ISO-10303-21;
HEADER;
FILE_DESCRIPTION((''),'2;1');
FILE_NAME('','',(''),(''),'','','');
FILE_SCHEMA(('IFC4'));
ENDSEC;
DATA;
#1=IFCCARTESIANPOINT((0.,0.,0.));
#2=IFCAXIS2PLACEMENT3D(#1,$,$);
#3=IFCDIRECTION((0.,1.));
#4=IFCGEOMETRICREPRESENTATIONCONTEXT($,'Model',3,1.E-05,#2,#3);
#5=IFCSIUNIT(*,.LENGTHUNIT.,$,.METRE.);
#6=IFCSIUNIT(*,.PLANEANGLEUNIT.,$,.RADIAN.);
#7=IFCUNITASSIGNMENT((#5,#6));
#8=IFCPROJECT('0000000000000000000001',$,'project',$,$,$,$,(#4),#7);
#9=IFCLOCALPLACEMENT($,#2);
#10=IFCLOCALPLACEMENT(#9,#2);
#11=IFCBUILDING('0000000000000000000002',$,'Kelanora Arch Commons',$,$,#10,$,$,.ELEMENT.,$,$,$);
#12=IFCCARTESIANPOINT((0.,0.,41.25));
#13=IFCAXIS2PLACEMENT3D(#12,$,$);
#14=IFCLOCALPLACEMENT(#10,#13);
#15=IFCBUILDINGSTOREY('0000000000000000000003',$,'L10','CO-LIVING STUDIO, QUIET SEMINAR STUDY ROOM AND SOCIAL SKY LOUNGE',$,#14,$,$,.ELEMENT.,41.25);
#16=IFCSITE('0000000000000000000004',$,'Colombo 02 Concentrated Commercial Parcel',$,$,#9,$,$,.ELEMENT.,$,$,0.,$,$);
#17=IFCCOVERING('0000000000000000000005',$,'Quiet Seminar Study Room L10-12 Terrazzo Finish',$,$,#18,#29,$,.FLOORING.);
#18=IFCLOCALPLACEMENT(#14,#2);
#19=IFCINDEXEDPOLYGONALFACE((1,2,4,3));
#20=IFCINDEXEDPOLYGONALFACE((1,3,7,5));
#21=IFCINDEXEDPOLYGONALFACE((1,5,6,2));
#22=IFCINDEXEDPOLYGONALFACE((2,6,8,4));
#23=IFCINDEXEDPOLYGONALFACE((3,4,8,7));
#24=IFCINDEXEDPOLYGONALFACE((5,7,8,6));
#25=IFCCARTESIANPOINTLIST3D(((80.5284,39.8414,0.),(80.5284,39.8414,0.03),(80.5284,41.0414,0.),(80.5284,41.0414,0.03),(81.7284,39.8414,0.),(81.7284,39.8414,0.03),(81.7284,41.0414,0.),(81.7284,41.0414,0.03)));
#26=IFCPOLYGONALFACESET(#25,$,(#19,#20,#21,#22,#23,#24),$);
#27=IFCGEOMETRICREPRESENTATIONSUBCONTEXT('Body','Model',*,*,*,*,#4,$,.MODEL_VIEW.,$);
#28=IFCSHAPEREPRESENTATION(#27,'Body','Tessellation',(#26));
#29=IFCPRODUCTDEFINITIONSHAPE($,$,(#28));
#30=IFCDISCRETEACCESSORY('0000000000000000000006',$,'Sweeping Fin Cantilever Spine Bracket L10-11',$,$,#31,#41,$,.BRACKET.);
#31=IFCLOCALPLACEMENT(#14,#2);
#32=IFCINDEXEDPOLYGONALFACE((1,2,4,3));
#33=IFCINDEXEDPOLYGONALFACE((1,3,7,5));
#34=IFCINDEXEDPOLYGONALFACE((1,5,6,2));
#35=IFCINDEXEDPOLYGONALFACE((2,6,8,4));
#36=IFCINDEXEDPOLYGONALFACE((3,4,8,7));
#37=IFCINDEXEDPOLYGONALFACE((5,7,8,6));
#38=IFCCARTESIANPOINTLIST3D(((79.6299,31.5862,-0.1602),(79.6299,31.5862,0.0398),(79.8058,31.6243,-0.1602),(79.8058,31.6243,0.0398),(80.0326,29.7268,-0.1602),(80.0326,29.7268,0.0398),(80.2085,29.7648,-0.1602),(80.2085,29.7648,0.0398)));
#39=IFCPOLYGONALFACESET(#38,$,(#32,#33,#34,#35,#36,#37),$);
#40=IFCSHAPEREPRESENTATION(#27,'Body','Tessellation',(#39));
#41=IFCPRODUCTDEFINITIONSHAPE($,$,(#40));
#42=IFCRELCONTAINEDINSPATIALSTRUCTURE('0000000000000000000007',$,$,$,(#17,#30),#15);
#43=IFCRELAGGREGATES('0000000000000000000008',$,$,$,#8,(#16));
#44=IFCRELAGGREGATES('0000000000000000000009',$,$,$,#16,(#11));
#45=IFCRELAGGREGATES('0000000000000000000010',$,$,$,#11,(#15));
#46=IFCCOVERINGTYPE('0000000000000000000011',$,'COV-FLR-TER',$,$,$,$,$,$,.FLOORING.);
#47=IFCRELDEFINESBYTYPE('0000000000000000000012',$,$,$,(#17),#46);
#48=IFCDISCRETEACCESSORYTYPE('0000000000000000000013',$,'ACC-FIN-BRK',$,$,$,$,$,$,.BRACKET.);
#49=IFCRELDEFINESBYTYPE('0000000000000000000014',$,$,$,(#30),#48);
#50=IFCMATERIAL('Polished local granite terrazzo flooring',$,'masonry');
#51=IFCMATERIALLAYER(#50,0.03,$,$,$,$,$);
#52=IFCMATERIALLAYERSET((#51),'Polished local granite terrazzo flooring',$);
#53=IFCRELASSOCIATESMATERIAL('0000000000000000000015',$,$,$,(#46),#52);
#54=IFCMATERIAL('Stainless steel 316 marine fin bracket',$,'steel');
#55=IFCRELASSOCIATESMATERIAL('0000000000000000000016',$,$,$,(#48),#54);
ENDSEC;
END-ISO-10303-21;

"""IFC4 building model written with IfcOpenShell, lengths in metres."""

from ifc_helpers import new_model, si_unit, direction, frame, origin, origin_2d, place, context, subcontext, project, spatial, rectangle, extrude, source, transform, mapped, material, layer, layer_set, type_object, element, save


model = new_model("IFC4")

# Units and contexts
model_context = context("Model", 3, precision=1e-05, world=origin(), true_north=direction((0.0, 1.0)))
body_context = subcontext(model_context, "Body", "Model", "MODEL_VIEW")
ifc_project = project(units=[si_unit("LENGTHUNIT", "METRE"), si_unit("PLANEANGLEUNIT", "RADIAN")], contexts=[model_context])

# Site, building, storey
site_placement = place(None, origin())
site = spatial("IfcSite", under=ifc_project, at=site_placement, Name="Colombo 02 Concentrated Commercial Parcel", CompositionType="ELEMENT", RefElevation=0.0)
building_placement = place(site_placement, origin())
building = spatial("IfcBuilding", under=site, at=building_placement, Name="Kelanora Arch Commons", CompositionType="ELEMENT")
storey_placement = place(building_placement, frame((0.0, 0.0, 41.25)))
storey = spatial("IfcBuildingStorey", under=building, at=storey_placement, Name="L10", Description="CO-LIVING STUDIO, QUIET SEMINAR STUDY ROOM AND SOCIAL SKY LOUNGE", CompositionType="ELEMENT", Elevation=41.25)

# Covering
ifc_material_1 = material(Name="Polished local granite terrazzo flooring", Category="masonry")
ifc_layer_1 = layer(ifc_material_1, 0.03)
ifc_layer_set_1 = layer_set([ifc_layer_1], Name="Polished local granite terrazzo flooring")
covering_type = type_object("IfcCoveringType", Name="COV-FLR-TER", PredefinedType="FLOORING", material=ifc_layer_set_1)
shared_shape_1 = source(origin(), body_context, "Body", "SweptSolid", [
    extrude(rectangle(XDim=1.2, YDim=1.2, at=origin_2d()), origin(), (0.0, 0.0, 1.0), 0.03),
])
covering_placement = place(storey_placement, frame((81.1284, 40.4414, 0.0), z_axis=(0.0, 0.0, 1.0), x_axis=(1.0, 0.0, 0.0)))
element("IfcCovering", 1, at=covering_placement, inside=storey, type_object=covering_type, Name="Quiet Seminar Study Room L10-12 Terrazzo Finish", PredefinedType="FLOORING", context=body_context, shape_type="MappedRepresentation", body=[
    mapped(shared_shape_1, transform((0.0, 0.0, 0.0), scale=1.0)),
])

# Discrete accessory
ifc_material_2 = material(Name="Stainless steel 316 marine fin bracket", Category="steel")
discrete_accessory_type = type_object("IfcDiscreteAccessoryType", Name="ACC-FIN-BRK", PredefinedType="BRACKET", material=ifc_material_2)
shared_shape_2 = source(origin(), body_context, "Body", "SweptSolid", [
    extrude(rectangle(XDim=1.9026, YDim=0.1799, at=origin_2d()), origin(), (0.0, 0.0, 1.0), 0.2),
])
discrete_accessory_placement = place(storey_placement, frame((79.9192, 30.6755, -0.1602), z_axis=(0.0, 0.0, 1.0), x_axis=(0.211666, -0.977342, 0.0)))
element("IfcDiscreteAccessory", 2, at=discrete_accessory_placement, inside=storey, type_object=discrete_accessory_type, Name="Sweeping Fin Cantilever Spine Bracket L10-11", PredefinedType="BRACKET", context=body_context, shape_type="MappedRepresentation", body=[
    mapped(shared_shape_2, transform((0.0, 0.0, 0.0), scale=1.0)),
])

save(model, "model.ifc")
